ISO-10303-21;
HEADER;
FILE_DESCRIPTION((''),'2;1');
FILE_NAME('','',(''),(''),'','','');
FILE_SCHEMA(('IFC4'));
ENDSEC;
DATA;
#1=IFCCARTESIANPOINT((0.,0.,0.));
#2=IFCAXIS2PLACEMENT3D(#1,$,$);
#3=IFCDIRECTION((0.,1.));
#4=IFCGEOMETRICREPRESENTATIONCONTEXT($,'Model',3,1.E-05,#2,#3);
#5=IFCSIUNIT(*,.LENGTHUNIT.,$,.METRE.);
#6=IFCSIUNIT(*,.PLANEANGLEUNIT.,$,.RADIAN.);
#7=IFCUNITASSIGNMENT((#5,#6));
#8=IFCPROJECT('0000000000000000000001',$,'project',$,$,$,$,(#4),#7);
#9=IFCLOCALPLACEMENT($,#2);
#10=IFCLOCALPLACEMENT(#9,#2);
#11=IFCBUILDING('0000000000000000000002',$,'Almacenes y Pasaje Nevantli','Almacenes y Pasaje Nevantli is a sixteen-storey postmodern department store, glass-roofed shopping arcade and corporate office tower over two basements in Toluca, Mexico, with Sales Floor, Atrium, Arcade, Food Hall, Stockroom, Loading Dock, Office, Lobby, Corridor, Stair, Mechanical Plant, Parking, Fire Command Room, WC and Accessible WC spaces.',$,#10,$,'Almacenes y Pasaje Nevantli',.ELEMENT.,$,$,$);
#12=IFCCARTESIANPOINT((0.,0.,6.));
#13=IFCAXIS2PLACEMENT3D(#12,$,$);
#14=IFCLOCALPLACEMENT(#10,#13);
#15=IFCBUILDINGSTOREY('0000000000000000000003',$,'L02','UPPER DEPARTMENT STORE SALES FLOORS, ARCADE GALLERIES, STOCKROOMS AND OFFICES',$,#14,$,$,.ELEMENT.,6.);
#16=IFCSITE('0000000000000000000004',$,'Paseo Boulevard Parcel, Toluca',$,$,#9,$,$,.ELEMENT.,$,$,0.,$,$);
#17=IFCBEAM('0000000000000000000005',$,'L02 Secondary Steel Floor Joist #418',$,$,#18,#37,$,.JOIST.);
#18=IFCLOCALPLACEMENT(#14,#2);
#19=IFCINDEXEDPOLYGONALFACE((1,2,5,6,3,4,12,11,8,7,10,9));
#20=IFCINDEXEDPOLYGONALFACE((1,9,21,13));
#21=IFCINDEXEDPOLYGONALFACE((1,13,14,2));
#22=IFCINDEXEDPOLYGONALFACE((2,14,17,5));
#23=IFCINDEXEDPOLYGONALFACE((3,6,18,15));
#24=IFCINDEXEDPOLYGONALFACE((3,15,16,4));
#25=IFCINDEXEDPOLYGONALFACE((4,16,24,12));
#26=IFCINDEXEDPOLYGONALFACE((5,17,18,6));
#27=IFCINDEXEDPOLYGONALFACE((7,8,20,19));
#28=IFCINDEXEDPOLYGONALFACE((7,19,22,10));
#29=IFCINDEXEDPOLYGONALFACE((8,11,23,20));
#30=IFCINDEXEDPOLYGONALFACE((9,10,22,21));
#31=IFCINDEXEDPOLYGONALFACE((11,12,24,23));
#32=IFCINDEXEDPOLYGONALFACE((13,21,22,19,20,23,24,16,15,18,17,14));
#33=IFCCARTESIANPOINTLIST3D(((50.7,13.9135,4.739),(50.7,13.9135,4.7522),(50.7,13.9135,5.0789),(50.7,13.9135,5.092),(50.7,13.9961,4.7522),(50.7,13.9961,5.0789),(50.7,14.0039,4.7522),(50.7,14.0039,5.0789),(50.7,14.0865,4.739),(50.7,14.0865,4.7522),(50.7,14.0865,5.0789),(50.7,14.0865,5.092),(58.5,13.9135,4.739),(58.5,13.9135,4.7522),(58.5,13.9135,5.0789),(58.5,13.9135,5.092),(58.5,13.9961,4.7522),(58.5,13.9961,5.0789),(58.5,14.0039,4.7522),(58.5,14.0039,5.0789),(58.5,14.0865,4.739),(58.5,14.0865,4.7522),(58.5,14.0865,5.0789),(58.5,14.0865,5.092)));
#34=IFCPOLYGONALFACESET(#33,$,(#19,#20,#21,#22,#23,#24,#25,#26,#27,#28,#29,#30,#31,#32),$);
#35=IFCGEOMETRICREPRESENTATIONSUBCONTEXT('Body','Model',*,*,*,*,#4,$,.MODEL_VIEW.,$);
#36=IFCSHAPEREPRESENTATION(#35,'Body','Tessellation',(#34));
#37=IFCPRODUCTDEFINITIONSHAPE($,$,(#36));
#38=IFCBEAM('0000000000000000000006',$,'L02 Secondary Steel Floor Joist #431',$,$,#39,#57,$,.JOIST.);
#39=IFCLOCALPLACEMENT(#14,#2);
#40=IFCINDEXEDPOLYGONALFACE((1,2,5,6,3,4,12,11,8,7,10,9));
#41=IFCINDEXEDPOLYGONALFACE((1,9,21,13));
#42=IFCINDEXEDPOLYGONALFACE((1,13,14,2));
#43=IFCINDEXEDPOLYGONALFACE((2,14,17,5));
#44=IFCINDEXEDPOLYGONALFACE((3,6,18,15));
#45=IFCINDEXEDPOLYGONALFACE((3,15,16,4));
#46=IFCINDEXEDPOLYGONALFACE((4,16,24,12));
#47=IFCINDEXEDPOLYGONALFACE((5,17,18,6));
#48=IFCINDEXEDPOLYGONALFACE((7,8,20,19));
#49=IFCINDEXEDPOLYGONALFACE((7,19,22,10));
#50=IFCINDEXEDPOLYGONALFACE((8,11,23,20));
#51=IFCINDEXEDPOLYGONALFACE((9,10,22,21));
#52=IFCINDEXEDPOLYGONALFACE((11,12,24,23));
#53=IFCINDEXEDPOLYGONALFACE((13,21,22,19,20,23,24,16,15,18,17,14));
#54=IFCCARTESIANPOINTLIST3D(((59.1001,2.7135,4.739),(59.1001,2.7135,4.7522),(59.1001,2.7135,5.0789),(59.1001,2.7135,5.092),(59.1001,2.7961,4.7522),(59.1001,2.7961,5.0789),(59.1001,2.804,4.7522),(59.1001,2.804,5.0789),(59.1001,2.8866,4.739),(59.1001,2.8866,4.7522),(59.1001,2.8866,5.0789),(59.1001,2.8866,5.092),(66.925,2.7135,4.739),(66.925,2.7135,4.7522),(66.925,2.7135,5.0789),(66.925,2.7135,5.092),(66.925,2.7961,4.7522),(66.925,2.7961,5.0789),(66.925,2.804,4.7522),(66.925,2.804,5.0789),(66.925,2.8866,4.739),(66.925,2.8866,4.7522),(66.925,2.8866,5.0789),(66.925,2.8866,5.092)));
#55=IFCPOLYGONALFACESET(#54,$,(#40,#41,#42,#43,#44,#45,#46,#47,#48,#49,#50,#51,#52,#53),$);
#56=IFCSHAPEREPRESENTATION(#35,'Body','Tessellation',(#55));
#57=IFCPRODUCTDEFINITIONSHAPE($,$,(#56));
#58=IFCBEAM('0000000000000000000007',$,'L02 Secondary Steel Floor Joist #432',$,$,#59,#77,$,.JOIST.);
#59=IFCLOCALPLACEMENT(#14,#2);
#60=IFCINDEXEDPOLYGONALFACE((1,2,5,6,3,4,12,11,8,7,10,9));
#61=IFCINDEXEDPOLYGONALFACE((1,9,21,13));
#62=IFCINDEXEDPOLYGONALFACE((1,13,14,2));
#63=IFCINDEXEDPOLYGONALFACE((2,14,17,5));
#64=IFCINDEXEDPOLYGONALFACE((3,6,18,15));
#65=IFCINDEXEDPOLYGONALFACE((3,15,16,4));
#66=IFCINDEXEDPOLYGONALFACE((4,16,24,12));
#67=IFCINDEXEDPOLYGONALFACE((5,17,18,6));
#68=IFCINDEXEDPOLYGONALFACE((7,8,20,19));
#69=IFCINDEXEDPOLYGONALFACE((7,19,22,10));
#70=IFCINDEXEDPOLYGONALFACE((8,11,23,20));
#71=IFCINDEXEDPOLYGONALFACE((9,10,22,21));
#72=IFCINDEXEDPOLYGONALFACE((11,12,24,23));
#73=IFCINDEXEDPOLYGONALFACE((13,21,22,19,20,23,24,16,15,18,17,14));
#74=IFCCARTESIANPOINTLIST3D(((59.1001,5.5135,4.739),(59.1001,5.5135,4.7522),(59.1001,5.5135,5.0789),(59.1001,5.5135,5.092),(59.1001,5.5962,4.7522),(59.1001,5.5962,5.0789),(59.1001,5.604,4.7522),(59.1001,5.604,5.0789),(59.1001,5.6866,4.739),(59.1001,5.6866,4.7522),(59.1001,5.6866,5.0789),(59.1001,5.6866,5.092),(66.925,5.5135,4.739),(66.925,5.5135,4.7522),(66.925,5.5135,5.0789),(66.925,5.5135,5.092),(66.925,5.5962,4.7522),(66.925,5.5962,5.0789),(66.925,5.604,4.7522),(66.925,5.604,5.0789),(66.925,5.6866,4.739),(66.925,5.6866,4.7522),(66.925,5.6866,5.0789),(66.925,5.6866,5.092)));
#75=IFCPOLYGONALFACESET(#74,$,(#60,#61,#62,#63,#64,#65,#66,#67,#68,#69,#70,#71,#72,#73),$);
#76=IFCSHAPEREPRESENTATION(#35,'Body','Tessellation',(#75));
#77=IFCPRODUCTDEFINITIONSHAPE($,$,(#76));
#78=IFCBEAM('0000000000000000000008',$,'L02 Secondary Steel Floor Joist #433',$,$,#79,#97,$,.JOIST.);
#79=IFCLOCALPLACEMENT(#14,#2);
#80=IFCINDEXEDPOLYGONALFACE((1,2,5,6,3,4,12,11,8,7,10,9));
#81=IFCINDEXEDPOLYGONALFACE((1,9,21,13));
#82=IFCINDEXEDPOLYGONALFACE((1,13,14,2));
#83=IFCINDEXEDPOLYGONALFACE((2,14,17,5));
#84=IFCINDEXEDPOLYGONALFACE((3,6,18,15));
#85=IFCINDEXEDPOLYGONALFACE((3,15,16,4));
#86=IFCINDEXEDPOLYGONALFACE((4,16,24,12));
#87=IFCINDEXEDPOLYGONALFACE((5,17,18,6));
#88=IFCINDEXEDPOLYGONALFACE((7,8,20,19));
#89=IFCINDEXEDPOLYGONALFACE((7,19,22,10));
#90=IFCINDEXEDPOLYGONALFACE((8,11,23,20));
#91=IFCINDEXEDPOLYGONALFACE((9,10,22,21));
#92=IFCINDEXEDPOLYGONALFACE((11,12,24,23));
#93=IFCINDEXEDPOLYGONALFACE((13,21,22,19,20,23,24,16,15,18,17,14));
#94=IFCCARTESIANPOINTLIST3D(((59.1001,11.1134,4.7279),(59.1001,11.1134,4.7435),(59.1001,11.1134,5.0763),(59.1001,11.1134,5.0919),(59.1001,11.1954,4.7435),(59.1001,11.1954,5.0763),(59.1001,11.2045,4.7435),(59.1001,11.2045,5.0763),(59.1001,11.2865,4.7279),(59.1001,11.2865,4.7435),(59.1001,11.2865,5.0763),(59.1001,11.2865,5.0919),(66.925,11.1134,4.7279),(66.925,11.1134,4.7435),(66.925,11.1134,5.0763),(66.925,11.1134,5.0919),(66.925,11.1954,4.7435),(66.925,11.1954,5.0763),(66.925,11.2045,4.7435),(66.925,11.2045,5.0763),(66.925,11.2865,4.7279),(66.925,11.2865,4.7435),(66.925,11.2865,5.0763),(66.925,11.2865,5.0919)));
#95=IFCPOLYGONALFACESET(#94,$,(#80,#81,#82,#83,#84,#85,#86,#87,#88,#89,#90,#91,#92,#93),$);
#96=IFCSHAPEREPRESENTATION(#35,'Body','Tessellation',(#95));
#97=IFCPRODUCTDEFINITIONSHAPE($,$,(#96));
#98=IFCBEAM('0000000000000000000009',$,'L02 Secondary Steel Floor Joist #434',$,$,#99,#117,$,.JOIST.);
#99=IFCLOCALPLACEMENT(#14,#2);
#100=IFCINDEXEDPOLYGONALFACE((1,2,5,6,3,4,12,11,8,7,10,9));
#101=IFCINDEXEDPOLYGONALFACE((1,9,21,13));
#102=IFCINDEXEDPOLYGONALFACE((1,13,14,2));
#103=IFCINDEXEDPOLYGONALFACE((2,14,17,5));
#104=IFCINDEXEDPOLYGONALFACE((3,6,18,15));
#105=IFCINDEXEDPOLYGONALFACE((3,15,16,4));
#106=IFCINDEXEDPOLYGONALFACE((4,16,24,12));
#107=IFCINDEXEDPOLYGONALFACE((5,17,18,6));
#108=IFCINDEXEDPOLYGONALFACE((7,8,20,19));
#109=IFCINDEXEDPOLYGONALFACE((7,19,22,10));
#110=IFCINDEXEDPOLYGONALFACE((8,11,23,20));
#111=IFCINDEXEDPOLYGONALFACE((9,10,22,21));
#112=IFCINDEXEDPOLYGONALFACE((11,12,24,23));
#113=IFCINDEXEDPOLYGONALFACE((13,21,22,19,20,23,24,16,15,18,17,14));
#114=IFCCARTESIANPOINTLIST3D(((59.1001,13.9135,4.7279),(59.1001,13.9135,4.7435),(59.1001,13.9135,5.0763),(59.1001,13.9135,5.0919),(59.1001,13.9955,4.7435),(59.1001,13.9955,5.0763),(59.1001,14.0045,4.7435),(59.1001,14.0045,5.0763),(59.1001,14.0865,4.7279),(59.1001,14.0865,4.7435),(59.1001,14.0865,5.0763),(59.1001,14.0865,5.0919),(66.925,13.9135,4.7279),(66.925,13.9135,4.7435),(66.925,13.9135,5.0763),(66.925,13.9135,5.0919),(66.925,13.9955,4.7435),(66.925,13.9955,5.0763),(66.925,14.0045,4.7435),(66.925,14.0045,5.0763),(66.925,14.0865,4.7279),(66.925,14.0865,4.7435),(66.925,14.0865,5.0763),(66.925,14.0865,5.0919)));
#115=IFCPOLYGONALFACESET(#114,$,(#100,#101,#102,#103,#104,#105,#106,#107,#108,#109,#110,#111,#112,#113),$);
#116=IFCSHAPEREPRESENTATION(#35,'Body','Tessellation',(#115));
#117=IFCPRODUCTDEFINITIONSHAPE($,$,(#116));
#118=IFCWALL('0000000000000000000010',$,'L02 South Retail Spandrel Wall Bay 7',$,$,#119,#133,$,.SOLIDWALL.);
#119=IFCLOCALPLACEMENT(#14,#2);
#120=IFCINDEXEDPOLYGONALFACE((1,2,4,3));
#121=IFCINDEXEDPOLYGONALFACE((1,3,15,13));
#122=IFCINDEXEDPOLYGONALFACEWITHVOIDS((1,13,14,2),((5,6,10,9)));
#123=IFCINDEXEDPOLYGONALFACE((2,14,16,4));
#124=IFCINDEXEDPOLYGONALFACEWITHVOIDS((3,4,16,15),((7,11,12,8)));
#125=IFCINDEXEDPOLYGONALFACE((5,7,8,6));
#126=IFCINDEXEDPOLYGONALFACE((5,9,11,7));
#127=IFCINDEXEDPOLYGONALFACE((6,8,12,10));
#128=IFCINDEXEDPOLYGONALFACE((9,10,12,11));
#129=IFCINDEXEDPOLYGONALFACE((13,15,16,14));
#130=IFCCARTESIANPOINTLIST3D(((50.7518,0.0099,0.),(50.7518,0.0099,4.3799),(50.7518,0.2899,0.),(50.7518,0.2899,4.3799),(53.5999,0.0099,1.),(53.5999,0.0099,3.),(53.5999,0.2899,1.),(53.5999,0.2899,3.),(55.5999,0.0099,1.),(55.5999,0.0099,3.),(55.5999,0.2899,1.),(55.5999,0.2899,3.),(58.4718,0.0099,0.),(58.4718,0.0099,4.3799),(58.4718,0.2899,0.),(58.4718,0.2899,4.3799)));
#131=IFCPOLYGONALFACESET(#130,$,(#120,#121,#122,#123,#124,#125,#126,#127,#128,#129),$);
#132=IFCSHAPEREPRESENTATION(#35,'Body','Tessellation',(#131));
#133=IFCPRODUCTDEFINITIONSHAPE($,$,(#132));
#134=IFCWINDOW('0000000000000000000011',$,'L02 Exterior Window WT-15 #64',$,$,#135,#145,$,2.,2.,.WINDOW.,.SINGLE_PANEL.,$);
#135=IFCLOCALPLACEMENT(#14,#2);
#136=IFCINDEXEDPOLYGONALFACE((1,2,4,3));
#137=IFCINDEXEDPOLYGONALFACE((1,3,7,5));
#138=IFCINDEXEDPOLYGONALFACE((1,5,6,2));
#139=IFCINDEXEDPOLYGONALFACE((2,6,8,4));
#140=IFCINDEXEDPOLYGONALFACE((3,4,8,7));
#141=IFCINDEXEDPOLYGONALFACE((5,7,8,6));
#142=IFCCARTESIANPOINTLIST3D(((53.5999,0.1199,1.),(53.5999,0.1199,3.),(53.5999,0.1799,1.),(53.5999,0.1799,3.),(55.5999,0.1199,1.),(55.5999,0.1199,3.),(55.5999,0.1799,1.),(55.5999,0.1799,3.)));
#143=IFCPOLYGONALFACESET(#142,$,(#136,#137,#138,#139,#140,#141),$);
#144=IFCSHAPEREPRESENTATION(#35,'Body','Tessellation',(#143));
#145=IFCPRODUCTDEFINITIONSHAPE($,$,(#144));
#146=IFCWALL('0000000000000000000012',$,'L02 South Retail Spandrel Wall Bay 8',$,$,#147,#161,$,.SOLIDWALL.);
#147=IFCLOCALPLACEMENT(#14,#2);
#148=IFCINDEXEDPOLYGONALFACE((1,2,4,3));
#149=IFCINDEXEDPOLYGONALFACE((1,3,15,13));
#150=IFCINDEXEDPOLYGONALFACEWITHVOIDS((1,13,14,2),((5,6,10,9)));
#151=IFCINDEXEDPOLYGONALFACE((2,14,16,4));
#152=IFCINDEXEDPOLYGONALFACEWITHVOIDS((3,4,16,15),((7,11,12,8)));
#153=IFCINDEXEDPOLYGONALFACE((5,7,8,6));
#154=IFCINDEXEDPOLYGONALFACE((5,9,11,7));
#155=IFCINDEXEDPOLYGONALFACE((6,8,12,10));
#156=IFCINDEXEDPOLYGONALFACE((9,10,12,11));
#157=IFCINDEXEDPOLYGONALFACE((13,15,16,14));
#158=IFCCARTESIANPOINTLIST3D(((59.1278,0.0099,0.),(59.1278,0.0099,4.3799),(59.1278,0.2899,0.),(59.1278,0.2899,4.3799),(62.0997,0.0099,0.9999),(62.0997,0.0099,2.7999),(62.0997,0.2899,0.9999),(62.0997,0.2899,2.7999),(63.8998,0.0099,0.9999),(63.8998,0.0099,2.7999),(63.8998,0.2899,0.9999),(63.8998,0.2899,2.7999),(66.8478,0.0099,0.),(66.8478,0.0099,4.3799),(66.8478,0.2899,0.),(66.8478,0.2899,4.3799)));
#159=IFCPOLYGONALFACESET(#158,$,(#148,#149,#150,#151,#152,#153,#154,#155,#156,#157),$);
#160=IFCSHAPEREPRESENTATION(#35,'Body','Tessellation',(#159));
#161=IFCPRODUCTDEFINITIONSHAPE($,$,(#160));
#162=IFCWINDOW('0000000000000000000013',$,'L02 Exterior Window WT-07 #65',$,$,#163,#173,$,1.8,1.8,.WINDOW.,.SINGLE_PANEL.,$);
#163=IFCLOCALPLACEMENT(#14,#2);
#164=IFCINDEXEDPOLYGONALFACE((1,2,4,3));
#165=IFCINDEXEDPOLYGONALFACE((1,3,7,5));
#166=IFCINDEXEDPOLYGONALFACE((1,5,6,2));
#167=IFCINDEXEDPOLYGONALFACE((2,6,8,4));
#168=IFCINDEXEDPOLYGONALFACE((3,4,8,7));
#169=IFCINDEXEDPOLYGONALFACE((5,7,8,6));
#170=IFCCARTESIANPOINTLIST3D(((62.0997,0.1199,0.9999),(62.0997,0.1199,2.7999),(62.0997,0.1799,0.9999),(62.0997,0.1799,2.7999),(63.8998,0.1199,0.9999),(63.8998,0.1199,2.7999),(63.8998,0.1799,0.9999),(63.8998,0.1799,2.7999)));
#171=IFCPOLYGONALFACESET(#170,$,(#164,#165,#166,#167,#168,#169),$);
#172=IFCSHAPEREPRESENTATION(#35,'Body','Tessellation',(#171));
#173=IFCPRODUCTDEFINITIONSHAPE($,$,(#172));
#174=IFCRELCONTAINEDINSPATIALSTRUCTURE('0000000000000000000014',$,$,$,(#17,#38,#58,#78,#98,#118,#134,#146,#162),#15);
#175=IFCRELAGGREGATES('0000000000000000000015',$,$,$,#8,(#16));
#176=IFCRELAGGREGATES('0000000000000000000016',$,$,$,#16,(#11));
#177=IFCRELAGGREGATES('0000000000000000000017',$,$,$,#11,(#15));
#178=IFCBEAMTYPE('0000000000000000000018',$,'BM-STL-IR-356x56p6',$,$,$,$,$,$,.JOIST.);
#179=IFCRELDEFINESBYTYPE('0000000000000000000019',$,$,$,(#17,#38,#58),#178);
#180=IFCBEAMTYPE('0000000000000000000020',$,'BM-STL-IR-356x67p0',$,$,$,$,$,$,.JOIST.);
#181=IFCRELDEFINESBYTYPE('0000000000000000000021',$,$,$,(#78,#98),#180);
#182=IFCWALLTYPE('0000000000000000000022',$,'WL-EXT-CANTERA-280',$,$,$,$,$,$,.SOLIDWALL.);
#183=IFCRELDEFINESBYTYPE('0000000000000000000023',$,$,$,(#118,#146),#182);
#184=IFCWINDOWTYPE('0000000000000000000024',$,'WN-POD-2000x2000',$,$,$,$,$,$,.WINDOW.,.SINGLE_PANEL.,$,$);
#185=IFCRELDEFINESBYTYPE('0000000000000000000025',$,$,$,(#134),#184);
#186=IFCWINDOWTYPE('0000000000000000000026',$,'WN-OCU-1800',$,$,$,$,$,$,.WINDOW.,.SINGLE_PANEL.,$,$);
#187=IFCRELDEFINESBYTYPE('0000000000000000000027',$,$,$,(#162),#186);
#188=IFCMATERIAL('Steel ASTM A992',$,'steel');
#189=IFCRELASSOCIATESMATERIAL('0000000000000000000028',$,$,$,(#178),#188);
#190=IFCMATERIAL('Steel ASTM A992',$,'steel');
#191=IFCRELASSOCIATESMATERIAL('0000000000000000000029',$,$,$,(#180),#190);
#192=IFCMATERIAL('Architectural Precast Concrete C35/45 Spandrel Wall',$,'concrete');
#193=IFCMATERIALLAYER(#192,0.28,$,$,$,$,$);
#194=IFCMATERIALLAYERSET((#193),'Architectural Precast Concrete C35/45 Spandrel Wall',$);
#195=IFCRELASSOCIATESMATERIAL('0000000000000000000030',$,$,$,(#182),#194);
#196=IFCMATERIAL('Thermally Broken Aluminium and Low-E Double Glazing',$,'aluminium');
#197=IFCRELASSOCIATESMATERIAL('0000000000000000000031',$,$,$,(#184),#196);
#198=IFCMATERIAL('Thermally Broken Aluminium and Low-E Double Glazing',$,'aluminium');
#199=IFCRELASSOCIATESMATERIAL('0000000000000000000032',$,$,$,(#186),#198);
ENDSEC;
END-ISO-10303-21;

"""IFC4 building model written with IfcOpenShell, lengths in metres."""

from ifc_helpers import new_model, si_unit, direction, frame, frame_2d, origin, origin_2d, place, context, subcontext, project, spatial, rectangle, i_section, extrude, material, layer, layer_set, material_profile, profile_set, type_object, element, fill, save


model = new_model("IFC4")

# Units and contexts
model_context = context("Model", 3, precision=1e-05, world=origin(), true_north=direction((0.0, 1.0)))
body_context = subcontext(model_context, "Body", "Model", "MODEL_VIEW")
ifc_project = project(units=[si_unit("LENGTHUNIT", "METRE"), si_unit("PLANEANGLEUNIT", "RADIAN")], contexts=[model_context])

# Site, building, storey
site_placement = place(None, origin())
site = spatial("IfcSite", under=ifc_project, at=site_placement, Name="Paseo Boulevard Parcel, Toluca", CompositionType="ELEMENT", RefElevation=0.0)
building_placement = place(site_placement, origin())
building = spatial("IfcBuilding", under=site, at=building_placement, Name="Almacenes y Pasaje Nevantli", Description="Almacenes y Pasaje Nevantli is a sixteen-storey postmodern department store, glass-roofed shopping arcade and corporate office tower over two basements in Toluca, Mexico, with Sales Floor, Atrium, Arcade, Food Hall, Stockroom, Loading Dock, Office, Lobby, Corridor, Stair, Mechanical Plant, Parking, Fire Command Room, WC and Accessible WC spaces.", LongName="Almacenes y Pasaje Nevantli", CompositionType="ELEMENT")
storey_placement = place(building_placement, frame((0.0, 0.0, 6.0)))
storey = spatial("IfcBuildingStorey", under=building, at=storey_placement, Name="L02", Description="UPPER DEPARTMENT STORE SALES FLOORS, ARCADE GALLERIES, STOCKROOMS AND OFFICES", CompositionType="ELEMENT", Elevation=6.0)

# Beams
ifc_material_1 = material(Name="Steel ASTM A992", Category="steel")
ifc_material_profile_1 = material_profile(ifc_material_1, i_section(OverallWidth=0.1731, OverallDepth=0.353, WebThickness=0.0078, FlangeThickness=0.0132, at=origin_2d()), Name="IR 356x56.6")
ifc_profile_set_1 = profile_set([ifc_material_profile_1], Name="Steel ASTM A992")
beam_type_1 = type_object("IfcBeamType", Name="BM-STL-IR-356x56p6", PredefinedType="JOIST", material=ifc_profile_set_1)
for number, where, z_axis, x_axis, name in (
    (1, (50.7, 14.0, 4.9155), (1.0, 0.0, 0.0), (0.0, 1.0, 0.0), "L02 Secondary Steel Floor Joist #418"),
):
    element("IfcBeam", number, at=place(storey_placement, frame(where, z_axis=z_axis, x_axis=x_axis)), inside=storey, type_object=beam_type_1, Name=name, PredefinedType="JOIST", context=body_context, shape_type="SweptSolid", body=[
        extrude(i_section(OverallWidth=0.1731, OverallDepth=0.353, WebThickness=0.0078, FlangeThickness=0.0132, at=origin_2d()), origin(), (0.0, 0.0, 1.0), 7.8),
    ])
for number, where, z_axis, x_axis, name in (
    (2, (59.1001, 2.8, 4.9155), (1.0, 0.0, 0.0), (0.0, 1.0, 0.0), "L02 Secondary Steel Floor Joist #431"),
    (3, (59.1001, 5.6001, 4.9155), (1.0, 0.0, 0.0), (0.0, 1.0, 0.0), "L02 Secondary Steel Floor Joist #432"),
):
    element("IfcBeam", number, at=place(storey_placement, frame(where, z_axis=z_axis, x_axis=x_axis)), inside=storey, type_object=beam_type_1, Name=name, PredefinedType="JOIST", context=body_context, shape_type="SweptSolid", body=[
        extrude(i_section(OverallWidth=0.1731, OverallDepth=0.353, WebThickness=0.0078, FlangeThickness=0.0132, at=origin_2d()), origin(), (0.0, 0.0, 1.0), 7.825),
    ])
ifc_material_2 = material(Name="Steel ASTM A992", Category="steel")
ifc_material_profile_2 = material_profile(ifc_material_2, i_section(OverallWidth=0.1731, OverallDepth=0.364, WebThickness=0.009, FlangeThickness=0.0156, at=origin_2d()), Name="IR 356x67.0")
ifc_profile_set_2 = profile_set([ifc_material_profile_2], Name="Steel ASTM A992")
beam_type_2 = type_object("IfcBeamType", Name="BM-STL-IR-356x67p0", PredefinedType="JOIST", material=ifc_profile_set_2)
for number, where, z_axis, x_axis, name in (
    (4, (59.1001, 11.2, 4.9099), (1.0, 0.0, 0.0), (0.0, 1.0, 0.0), "L02 Secondary Steel Floor Joist #433"),
    (5, (59.1001, 14.0, 4.9099), (1.0, 0.0, 0.0), (0.0, 1.0, 0.0), "L02 Secondary Steel Floor Joist #434"),
):
    element("IfcBeam", number, at=place(storey_placement, frame(where, z_axis=z_axis, x_axis=x_axis)), inside=storey, type_object=beam_type_2, Name=name, PredefinedType="JOIST", context=body_context, shape_type="SweptSolid", body=[
        extrude(i_section(OverallWidth=0.1731, OverallDepth=0.364, WebThickness=0.009, FlangeThickness=0.0156, at=origin_2d()), origin(), (0.0, 0.0, 1.0), 7.825),
    ])

# Walls, openings, windows
ifc_material_3 = material(Name="Architectural Precast Concrete C35/45 Spandrel Wall", Category="concrete")
ifc_layer = layer(ifc_material_3, 0.28)
ifc_layer_set = layer_set([ifc_layer], Name="Architectural Precast Concrete C35/45 Spandrel Wall")
wall_type = type_object("IfcWallType", Name="WL-EXT-CANTERA-280", PredefinedType="SOLIDWALL", material=ifc_layer_set)
wall_1_placement = place(storey_placement, frame((50.752, 0.1499, 0.0), z_axis=(0.0, 0.0, 1.0), x_axis=(1.0, 0.0, 0.0)))
wall_1 = element("IfcWall", 6, at=wall_1_placement, inside=storey, type_object=wall_type, Name="L02 South Retail Spandrel Wall Bay 7", PredefinedType="SOLIDWALL", context=body_context, shape_type="SweptSolid", body=[
    extrude(rectangle(XDim=7.72, YDim=0.28, at=frame_2d((3.8599, 0.0))), origin(), (0.0, 0.0, 1.0), 4.3799),
])
opening_1_placement = place(wall_1_placement, frame((2.8479, 0.0, 1.0)))
opening_1 = element("IfcOpeningElement", 7, at=opening_1_placement, cuts=wall_1, PredefinedType="OPENING", context=body_context, shape_type="SweptSolid", body=[
    extrude(rectangle(XDim=2.0, YDim=2.0, at=frame_2d((1.0, 1.0))), frame((0.0, 0.1499, 0.0), z_axis=(0.0, -1.0, 0.0), x_axis=(1.0, 0.0, 0.0)), (0.0, 0.0, 1.0), 0.3),
])
ifc_material_4 = material(Name="Thermally Broken Aluminium and Low-E Double Glazing", Category="aluminium")
window_type_1 = type_object("IfcWindowType", Name="WN-POD-2000x2000", PartitioningType="SINGLE_PANEL", PredefinedType="WINDOW", material=ifc_material_4)
window_1_placement = place(opening_1_placement, origin())
window_1 = element("IfcWindow", 8, at=window_1_placement, inside=storey, type_object=window_type_1, Name="L02 Exterior Window WT-15 #64", OverallHeight=2.0, OverallWidth=2.0, PartitioningType="SINGLE_PANEL", PredefinedType="WINDOW", context=body_context, shape_type="SweptSolid", body=[
    extrude(rectangle(XDim=2.0, YDim=2.0, at=frame_2d((1.0, 1.0))), frame((0.0, 0.03, 0.0), z_axis=(0.0, -1.0, 0.0), x_axis=(1.0, 0.0, 0.0)), (0.0, 0.0, 1.0), 0.0601),
])
fill(opening_1, window_1)
wall_2_placement = place(storey_placement, frame((59.1279, 0.1499, 0.0), z_axis=(0.0, 0.0, 1.0), x_axis=(1.0, 0.0, 0.0)))
wall_2 = element("IfcWall", 9, at=wall_2_placement, inside=storey, type_object=wall_type, Name="L02 South Retail Spandrel Wall Bay 8", PredefinedType="SOLIDWALL", context=body_context, shape_type="SweptSolid", body=[
    extrude(rectangle(XDim=7.72, YDim=0.28, at=frame_2d((3.8599, 0.0))), origin(), (0.0, 0.0, 1.0), 4.3799),
])
opening_2_placement = place(wall_2_placement, frame((2.9719, 0.0, 1.0)))
opening_2 = element("IfcOpeningElement", 10, at=opening_2_placement, cuts=wall_2, PredefinedType="OPENING", context=body_context, shape_type="SweptSolid", body=[
    extrude(rectangle(XDim=1.8, YDim=1.8, at=frame_2d((0.8999, 0.8999))), frame((0.0, 0.1499, 0.0), z_axis=(0.0, -1.0, 0.0), x_axis=(1.0, 0.0, 0.0)), (0.0, 0.0, 1.0), 0.3),
])
ifc_material_5 = material(Name="Thermally Broken Aluminium and Low-E Double Glazing", Category="aluminium")
window_type_2 = type_object("IfcWindowType", Name="WN-OCU-1800", PartitioningType="SINGLE_PANEL", PredefinedType="WINDOW", material=ifc_material_5)
window_2_placement = place(opening_2_placement, origin())
window_2 = element("IfcWindow", 11, at=window_2_placement, inside=storey, type_object=window_type_2, Name="L02 Exterior Window WT-07 #65", OverallHeight=1.8, OverallWidth=1.8, PartitioningType="SINGLE_PANEL", PredefinedType="WINDOW", context=body_context, shape_type="SweptSolid", body=[
    extrude(rectangle(XDim=1.8, YDim=1.8, at=frame_2d((0.8999, 0.8999))), frame((0.0, 0.03, 0.0), z_axis=(0.0, -1.0, 0.0), x_axis=(1.0, 0.0, 0.0)), (0.0, 0.0, 1.0), 0.0601),
])
fill(opening_2, window_2)

save(model, "model.ifc")
